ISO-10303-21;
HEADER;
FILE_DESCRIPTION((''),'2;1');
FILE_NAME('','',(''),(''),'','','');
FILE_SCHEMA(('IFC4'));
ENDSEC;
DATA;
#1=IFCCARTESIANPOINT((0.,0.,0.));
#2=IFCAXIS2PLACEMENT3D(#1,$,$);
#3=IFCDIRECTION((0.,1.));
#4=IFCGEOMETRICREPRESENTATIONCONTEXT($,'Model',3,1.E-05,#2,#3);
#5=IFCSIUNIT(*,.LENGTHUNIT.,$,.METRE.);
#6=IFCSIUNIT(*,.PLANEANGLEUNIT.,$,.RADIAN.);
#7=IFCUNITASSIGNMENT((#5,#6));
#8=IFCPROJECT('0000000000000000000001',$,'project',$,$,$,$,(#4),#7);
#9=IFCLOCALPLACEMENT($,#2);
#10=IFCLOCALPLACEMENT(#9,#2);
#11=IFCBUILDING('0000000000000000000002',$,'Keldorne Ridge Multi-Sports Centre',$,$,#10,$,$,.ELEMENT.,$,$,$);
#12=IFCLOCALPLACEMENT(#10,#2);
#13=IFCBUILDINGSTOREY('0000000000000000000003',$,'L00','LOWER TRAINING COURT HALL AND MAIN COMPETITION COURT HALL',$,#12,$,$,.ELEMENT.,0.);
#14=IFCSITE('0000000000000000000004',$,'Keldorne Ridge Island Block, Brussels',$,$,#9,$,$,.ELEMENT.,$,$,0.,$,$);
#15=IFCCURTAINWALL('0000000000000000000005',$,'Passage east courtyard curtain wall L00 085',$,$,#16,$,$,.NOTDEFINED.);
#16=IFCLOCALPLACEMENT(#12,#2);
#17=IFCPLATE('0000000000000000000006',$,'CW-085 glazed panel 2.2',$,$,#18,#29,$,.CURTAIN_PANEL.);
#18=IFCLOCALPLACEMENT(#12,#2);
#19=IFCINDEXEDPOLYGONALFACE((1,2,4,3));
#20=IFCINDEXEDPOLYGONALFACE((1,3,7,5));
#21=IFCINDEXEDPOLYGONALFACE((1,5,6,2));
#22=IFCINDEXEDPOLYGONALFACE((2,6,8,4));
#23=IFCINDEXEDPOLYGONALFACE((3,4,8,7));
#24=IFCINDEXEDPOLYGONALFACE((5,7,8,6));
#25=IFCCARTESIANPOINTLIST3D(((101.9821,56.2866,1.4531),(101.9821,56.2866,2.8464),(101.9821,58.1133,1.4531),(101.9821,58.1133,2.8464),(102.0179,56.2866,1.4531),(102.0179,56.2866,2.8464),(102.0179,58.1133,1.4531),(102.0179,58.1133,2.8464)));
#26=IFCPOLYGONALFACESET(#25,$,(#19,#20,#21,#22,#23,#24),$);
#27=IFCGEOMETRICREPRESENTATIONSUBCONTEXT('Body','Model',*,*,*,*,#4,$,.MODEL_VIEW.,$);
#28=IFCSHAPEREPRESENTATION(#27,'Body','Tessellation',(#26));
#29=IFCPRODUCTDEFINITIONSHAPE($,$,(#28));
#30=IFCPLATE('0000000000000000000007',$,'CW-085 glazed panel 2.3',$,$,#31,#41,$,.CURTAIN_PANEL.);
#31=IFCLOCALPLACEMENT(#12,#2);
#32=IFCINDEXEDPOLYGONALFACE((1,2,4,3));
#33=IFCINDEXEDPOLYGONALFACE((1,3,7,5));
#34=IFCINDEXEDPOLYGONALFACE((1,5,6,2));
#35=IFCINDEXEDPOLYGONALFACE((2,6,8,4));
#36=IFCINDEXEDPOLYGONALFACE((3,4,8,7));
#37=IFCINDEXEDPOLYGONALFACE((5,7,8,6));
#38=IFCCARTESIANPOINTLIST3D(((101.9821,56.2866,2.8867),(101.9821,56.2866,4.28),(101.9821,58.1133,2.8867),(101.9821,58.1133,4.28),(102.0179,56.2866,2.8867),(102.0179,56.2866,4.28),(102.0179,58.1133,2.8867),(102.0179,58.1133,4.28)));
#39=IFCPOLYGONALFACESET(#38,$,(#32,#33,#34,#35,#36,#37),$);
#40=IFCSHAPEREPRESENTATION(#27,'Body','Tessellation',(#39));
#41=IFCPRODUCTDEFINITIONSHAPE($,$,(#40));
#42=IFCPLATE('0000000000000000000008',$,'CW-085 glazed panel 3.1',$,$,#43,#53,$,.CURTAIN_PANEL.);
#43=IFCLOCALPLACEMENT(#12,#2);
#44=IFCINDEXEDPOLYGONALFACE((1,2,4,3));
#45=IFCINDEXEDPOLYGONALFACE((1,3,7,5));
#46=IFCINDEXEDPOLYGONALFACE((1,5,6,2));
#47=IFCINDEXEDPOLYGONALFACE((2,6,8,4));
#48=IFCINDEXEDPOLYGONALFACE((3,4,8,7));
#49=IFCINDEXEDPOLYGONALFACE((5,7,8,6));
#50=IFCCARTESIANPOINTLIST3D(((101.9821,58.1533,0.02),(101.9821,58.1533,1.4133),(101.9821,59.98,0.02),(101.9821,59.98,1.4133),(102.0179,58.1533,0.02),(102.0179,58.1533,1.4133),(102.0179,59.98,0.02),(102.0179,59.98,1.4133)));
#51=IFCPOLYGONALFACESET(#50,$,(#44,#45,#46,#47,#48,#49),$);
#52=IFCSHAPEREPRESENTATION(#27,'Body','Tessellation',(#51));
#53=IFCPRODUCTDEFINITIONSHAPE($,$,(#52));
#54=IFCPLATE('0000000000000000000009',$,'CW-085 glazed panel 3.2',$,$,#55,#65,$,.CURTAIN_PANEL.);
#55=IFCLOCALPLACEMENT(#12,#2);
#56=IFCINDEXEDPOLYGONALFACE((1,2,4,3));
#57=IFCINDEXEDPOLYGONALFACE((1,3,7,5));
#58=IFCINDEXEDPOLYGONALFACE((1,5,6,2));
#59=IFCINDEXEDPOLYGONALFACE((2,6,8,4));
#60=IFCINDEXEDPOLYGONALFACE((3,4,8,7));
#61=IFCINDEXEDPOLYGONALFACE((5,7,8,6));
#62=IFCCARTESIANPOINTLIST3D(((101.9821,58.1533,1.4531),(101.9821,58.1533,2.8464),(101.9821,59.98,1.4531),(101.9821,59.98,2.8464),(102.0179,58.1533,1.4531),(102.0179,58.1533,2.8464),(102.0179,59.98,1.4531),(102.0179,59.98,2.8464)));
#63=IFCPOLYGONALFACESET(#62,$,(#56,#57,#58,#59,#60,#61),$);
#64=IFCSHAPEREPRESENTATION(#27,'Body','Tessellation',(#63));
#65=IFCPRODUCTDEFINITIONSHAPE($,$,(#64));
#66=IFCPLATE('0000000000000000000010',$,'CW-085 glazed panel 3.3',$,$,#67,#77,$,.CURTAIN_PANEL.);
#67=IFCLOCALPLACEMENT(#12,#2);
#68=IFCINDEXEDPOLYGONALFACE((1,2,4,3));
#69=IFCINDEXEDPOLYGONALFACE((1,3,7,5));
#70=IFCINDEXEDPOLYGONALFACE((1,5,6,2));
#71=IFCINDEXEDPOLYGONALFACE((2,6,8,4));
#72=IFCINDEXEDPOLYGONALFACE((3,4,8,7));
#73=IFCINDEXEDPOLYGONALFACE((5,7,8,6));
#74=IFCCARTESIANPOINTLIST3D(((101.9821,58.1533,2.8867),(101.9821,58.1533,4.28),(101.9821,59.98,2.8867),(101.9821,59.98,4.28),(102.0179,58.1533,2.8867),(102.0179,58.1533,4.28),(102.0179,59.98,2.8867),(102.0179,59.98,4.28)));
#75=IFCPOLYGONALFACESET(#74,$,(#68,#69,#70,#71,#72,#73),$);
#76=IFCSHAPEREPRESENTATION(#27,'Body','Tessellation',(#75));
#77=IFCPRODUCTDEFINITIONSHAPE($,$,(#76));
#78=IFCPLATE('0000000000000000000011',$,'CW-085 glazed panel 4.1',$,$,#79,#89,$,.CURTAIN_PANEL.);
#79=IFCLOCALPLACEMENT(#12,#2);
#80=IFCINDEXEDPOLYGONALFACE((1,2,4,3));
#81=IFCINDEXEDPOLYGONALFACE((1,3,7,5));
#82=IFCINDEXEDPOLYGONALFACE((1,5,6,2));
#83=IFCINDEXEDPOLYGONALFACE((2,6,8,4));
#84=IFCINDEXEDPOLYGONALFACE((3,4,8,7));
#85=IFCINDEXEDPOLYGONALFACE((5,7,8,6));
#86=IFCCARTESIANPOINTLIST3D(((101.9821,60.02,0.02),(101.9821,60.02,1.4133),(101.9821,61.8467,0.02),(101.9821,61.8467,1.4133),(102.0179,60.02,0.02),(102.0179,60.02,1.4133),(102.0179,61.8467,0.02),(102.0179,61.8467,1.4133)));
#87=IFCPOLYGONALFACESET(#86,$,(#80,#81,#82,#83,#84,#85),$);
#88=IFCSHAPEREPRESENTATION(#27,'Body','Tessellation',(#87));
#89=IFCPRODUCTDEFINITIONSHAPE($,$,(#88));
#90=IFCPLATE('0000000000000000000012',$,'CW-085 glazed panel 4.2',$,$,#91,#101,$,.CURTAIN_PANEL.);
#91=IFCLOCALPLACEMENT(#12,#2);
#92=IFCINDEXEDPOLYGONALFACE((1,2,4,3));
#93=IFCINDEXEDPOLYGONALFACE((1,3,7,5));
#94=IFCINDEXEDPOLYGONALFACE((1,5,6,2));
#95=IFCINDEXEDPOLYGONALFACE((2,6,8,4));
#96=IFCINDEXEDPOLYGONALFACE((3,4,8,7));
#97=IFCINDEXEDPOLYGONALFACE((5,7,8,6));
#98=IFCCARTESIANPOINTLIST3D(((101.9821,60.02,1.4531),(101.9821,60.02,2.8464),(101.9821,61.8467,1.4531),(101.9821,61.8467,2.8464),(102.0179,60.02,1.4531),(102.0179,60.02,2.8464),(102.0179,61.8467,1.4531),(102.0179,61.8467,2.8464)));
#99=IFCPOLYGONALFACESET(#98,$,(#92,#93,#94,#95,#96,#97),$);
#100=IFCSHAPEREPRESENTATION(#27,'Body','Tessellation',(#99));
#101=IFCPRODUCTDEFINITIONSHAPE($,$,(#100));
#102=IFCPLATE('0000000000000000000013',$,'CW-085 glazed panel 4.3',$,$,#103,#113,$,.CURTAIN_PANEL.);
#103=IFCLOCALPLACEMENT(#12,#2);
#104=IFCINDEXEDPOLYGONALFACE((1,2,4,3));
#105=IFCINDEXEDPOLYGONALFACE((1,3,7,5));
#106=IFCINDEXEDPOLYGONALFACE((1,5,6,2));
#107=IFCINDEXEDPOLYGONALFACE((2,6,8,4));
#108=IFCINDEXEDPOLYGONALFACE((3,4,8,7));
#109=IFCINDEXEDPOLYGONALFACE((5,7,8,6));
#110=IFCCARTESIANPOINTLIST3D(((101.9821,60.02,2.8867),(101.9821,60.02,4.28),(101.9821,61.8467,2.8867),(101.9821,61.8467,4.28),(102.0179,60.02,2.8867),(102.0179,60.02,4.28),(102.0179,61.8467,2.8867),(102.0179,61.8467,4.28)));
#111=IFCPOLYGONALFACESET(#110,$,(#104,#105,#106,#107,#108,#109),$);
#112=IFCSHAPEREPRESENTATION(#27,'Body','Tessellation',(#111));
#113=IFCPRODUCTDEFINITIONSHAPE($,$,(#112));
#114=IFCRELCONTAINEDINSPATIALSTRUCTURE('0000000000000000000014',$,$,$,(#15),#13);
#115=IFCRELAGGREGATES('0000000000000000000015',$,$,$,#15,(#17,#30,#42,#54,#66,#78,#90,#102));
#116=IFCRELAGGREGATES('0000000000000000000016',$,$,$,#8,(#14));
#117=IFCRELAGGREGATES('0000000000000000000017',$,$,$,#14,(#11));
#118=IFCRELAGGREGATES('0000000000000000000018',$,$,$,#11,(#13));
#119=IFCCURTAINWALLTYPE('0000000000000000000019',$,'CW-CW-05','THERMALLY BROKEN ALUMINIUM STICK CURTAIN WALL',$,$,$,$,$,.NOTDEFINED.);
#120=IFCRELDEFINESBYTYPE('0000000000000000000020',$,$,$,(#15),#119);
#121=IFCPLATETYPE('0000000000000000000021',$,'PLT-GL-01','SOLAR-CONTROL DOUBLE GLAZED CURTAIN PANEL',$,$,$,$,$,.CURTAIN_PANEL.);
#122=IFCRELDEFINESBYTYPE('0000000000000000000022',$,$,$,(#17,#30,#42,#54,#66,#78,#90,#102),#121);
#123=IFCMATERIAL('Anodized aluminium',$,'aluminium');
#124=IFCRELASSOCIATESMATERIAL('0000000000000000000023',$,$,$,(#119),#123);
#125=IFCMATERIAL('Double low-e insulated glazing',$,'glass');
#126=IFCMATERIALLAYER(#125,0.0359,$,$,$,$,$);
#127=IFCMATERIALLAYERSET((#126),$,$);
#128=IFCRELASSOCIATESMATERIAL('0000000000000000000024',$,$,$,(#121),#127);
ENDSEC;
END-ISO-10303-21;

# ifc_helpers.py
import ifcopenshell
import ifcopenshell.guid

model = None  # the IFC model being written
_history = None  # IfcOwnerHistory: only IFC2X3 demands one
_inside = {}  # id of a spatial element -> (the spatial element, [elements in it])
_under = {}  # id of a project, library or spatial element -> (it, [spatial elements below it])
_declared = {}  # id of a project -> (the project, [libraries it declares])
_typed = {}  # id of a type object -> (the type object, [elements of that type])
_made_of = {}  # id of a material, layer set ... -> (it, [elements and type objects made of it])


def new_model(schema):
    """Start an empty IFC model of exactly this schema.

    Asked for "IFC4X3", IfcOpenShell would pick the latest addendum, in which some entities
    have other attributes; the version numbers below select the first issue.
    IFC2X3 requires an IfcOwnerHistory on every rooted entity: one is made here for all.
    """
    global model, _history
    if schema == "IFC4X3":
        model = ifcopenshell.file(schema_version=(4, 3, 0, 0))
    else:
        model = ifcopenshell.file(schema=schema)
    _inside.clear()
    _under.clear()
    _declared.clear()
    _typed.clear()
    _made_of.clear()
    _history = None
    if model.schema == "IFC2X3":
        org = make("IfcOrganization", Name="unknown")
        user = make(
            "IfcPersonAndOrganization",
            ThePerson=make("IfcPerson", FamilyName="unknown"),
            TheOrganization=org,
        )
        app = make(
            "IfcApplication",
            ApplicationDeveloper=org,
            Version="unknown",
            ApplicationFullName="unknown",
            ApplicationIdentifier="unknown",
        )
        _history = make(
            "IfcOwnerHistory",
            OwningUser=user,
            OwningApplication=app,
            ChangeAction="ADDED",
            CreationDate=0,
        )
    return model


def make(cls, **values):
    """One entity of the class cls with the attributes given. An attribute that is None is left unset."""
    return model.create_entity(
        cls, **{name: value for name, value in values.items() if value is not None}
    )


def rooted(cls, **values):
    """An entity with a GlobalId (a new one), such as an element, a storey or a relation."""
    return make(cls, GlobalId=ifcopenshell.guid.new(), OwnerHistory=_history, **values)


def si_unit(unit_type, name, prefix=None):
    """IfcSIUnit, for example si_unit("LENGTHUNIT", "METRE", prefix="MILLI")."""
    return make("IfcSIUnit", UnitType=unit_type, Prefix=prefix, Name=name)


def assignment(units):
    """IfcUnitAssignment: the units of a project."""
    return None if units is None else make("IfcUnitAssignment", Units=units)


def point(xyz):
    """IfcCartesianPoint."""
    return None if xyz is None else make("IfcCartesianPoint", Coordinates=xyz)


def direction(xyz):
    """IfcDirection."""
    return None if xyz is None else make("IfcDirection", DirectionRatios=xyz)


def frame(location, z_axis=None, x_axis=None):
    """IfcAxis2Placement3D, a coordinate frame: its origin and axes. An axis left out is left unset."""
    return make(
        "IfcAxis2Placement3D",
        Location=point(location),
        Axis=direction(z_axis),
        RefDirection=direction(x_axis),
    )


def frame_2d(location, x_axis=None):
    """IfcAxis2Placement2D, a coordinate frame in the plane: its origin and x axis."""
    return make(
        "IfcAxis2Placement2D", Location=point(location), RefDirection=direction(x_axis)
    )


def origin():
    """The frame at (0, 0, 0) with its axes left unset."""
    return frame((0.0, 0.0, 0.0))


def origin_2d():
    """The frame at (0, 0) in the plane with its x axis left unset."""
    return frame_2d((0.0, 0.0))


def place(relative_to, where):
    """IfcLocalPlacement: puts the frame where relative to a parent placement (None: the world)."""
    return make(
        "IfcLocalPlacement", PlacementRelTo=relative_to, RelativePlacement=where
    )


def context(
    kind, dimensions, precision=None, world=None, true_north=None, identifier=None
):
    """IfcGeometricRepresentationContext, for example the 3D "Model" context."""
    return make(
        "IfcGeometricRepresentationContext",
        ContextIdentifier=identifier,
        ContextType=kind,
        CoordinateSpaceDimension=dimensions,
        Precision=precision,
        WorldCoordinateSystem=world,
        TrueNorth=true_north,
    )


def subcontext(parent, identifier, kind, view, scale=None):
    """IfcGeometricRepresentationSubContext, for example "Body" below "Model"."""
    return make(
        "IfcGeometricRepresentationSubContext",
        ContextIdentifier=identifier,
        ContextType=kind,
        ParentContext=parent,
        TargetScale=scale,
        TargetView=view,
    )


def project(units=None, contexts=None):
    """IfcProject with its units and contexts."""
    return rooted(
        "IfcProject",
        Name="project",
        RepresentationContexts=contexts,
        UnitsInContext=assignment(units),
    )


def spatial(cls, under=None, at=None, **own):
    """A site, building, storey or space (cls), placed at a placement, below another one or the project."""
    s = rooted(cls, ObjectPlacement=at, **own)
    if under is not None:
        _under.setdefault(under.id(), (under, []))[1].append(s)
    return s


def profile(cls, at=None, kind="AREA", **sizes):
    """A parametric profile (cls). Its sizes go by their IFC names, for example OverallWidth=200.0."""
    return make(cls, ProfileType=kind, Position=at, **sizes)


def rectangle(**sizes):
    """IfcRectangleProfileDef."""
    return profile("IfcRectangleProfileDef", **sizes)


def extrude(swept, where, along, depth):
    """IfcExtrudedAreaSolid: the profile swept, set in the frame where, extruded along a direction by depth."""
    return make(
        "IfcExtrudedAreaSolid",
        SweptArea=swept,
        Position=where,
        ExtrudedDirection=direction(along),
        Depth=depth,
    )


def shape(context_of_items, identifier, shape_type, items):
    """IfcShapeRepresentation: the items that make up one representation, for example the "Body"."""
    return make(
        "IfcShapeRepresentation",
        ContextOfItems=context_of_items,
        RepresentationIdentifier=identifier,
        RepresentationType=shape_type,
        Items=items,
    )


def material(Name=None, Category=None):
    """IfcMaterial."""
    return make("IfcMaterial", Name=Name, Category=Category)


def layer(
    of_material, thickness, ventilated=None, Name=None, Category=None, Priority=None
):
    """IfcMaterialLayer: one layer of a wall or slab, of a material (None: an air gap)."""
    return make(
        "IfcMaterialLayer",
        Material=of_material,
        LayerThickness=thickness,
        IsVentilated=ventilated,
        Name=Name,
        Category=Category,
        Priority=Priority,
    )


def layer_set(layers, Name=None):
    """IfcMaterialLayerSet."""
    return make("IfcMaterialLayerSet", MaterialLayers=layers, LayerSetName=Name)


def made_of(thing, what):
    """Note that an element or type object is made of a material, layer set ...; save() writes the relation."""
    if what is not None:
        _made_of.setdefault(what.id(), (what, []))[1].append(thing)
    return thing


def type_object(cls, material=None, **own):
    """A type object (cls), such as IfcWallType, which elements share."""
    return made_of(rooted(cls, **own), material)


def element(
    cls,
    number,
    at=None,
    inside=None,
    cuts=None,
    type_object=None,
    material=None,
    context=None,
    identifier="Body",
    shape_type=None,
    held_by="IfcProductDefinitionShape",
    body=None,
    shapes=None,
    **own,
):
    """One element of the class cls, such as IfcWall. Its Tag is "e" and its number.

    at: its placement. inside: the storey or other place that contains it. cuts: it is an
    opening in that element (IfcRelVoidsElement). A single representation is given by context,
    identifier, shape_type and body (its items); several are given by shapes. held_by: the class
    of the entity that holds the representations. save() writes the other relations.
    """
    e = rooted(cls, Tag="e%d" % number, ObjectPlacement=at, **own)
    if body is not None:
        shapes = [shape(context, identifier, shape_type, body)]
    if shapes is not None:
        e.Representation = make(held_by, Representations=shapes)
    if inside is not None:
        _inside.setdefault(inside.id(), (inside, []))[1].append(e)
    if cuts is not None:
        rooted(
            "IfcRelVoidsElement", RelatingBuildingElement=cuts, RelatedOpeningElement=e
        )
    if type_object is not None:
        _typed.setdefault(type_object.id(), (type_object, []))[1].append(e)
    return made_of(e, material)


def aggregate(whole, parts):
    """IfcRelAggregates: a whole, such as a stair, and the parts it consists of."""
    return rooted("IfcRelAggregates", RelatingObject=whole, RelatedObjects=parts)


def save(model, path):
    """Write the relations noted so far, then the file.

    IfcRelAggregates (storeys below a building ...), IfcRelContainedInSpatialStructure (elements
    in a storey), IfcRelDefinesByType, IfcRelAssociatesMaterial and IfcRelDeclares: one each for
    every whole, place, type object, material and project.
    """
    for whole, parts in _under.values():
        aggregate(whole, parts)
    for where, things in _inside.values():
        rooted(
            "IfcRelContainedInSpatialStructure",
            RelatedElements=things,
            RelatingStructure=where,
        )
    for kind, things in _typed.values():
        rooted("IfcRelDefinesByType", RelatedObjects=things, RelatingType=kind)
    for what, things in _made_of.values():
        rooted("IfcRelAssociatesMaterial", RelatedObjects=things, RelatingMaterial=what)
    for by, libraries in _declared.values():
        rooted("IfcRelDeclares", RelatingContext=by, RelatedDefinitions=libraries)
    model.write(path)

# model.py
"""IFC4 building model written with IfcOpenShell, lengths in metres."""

from ifc_helpers import new_model, si_unit, direction, frame, origin, origin_2d, place, context, subcontext, project, spatial, rectangle, extrude, material, layer, layer_set, type_object, element, aggregate, save


model = new_model("IFC4")

# Units and contexts
model_context = context("Model", 3, precision=1e-05, world=origin(), true_north=direction((0.0, 1.0)))
body_context = subcontext(model_context, "Body", "Model", "MODEL_VIEW")
ifc_project = project(units=[si_unit("LENGTHUNIT", "METRE"), si_unit("PLANEANGLEUNIT", "RADIAN")], contexts=[model_context])

# Site, building, storey
site_placement = place(None, origin())
site = spatial("IfcSite", under=ifc_project, at=site_placement, Name="Keldorne Ridge Island Block, Brussels", CompositionType="ELEMENT", RefElevation=0.0)
building_placement = place(site_placement, origin())
building = spatial("IfcBuilding", under=site, at=building_placement, Name="Keldorne Ridge Multi-Sports Centre", CompositionType="ELEMENT")
storey_placement = place(building_placement, origin())
storey = spatial("IfcBuildingStorey", under=building, at=storey_placement, Name="L00", Description="LOWER TRAINING COURT HALL AND MAIN COMPETITION COURT HALL", CompositionType="ELEMENT", Elevation=0.0)

# Curtain wall, plates
ifc_material_1 = material(Name="Anodized aluminium", Category="aluminium")
curtain_wall_type = type_object("IfcCurtainWallType", Name="CW-CW-05", Description="THERMALLY BROKEN ALUMINIUM STICK CURTAIN WALL", PredefinedType="NOTDEFINED", material=ifc_material_1)
curtain_wall_placement = place(storey_placement, origin())
curtain_wall = element("IfcCurtainWall", 1, at=curtain_wall_placement, inside=storey, type_object=curtain_wall_type, Name="Passage east courtyard curtain wall L00 085", PredefinedType="NOTDEFINED")
ifc_material_2 = material(Name="Double low-e insulated glazing", Category="glass")
ifc_layer = layer(ifc_material_2, 0.0359)
ifc_layer_set = layer_set([ifc_layer])
plate_type = type_object("IfcPlateType", Name="PLT-GL-01", Description="SOLAR-CONTROL DOUBLE GLAZED CURTAIN PANEL", PredefinedType="CURTAIN_PANEL", material=ifc_layer_set)
plate_1_placement = place(storey_placement, frame((102.0, 57.2, 1.4531), z_axis=(0.0, 0.0, 1.0), x_axis=(0.0, 1.0, 0.0)))
plate_1 = element("IfcPlate", 2, at=plate_1_placement, type_object=plate_type, Name="CW-085 glazed panel 2.2", PredefinedType="CURTAIN_PANEL", context=body_context, shape_type="SweptSolid", body=[
    extrude(rectangle(XDim=1.8267, YDim=0.0359, at=origin_2d()), origin(), (0.0, 0.0, 1.0), 1.3933),
])
plate_2_placement = place(storey_placement, frame((102.0, 57.2, 2.8867), z_axis=(0.0, 0.0, 1.0), x_axis=(0.0, 1.0, 0.0)))
plate_2 = element("IfcPlate", 3, at=plate_2_placement, type_object=plate_type, Name="CW-085 glazed panel 2.3", PredefinedType="CURTAIN_PANEL", context=body_context, shape_type="SweptSolid", body=[
    extrude(rectangle(XDim=1.8267, YDim=0.0359, at=origin_2d()), origin(), (0.0, 0.0, 1.0), 1.3933),
])
plate_3_placement = place(storey_placement, frame((102.0, 59.0667, 0.02), z_axis=(0.0, 0.0, 1.0), x_axis=(0.0, 1.0, 0.0)))
plate_3 = element("IfcPlate", 4, at=plate_3_placement, type_object=plate_type, Name="CW-085 glazed panel 3.1", PredefinedType="CURTAIN_PANEL", context=body_context, shape_type="SweptSolid", body=[
    extrude(rectangle(XDim=1.8267, YDim=0.0359, at=origin_2d()), origin(), (0.0, 0.0, 1.0), 1.3933),
])
plate_4_placement = place(storey_placement, frame((102.0, 59.0667, 1.4531), z_axis=(0.0, 0.0, 1.0), x_axis=(0.0, 1.0, 0.0)))
plate_4 = element("IfcPlate", 5, at=plate_4_placement, type_object=plate_type, Name="CW-085 glazed panel 3.2", PredefinedType="CURTAIN_PANEL", context=body_context, shape_type="SweptSolid", body=[
    extrude(rectangle(XDim=1.8267, YDim=0.0359, at=origin_2d()), origin(), (0.0, 0.0, 1.0), 1.3933),
])
plate_5_placement = place(storey_placement, frame((102.0, 59.0667, 2.8867), z_axis=(0.0, 0.0, 1.0), x_axis=(0.0, 1.0, 0.0)))
plate_5 = element("IfcPlate", 6, at=plate_5_placement, type_object=plate_type, Name="CW-085 glazed panel 3.3", PredefinedType="CURTAIN_PANEL", context=body_context, shape_type="SweptSolid", body=[
    extrude(rectangle(XDim=1.8267, YDim=0.0359, at=origin_2d()), origin(), (0.0, 0.0, 1.0), 1.3933),
])
plate_6_placement = place(storey_placement, frame((102.0, 60.9333, 0.02), z_axis=(0.0, 0.0, 1.0), x_axis=(0.0, 1.0, 0.0)))
plate_6 = element("IfcPlate", 7, at=plate_6_placement, type_object=plate_type, Name="CW-085 glazed panel 4.1", PredefinedType="CURTAIN_PANEL", context=body_context, shape_type="SweptSolid", body=[
    extrude(rectangle(XDim=1.8267, YDim=0.0359, at=origin_2d()), origin(), (0.0, 0.0, 1.0), 1.3933),
])
plate_7_placement = place(storey_placement, frame((102.0, 60.9333, 1.4531), z_axis=(0.0, 0.0, 1.0), x_axis=(0.0, 1.0, 0.0)))
plate_7 = element("IfcPlate", 8, at=plate_7_placement, type_object=plate_type, Name="CW-085 glazed panel 4.2", PredefinedType="CURTAIN_PANEL", context=body_context, shape_type="SweptSolid", body=[
    extrude(rectangle(XDim=1.8267, YDim=0.0359, at=origin_2d()), origin(), (0.0, 0.0, 1.0), 1.3933),
])
plate_8_placement = place(storey_placement, frame((102.0, 60.9333, 2.8867), z_axis=(0.0, 0.0, 1.0), x_axis=(0.0, 1.0, 0.0)))
plate_8 = element("IfcPlate", 9, at=plate_8_placement, type_object=plate_type, Name="CW-085 glazed panel 4.3", PredefinedType="CURTAIN_PANEL", context=body_context, shape_type="SweptSolid", body=[
    extrude(rectangle(XDim=1.8267, YDim=0.0359, at=origin_2d()), origin(), (0.0, 0.0, 1.0), 1.3933),
])
aggregate(curtain_wall, [plate_1, plate_2, plate_3, plate_4, plate_5, plate_6, plate_7, plate_8])

save(model, "model.ifc")
